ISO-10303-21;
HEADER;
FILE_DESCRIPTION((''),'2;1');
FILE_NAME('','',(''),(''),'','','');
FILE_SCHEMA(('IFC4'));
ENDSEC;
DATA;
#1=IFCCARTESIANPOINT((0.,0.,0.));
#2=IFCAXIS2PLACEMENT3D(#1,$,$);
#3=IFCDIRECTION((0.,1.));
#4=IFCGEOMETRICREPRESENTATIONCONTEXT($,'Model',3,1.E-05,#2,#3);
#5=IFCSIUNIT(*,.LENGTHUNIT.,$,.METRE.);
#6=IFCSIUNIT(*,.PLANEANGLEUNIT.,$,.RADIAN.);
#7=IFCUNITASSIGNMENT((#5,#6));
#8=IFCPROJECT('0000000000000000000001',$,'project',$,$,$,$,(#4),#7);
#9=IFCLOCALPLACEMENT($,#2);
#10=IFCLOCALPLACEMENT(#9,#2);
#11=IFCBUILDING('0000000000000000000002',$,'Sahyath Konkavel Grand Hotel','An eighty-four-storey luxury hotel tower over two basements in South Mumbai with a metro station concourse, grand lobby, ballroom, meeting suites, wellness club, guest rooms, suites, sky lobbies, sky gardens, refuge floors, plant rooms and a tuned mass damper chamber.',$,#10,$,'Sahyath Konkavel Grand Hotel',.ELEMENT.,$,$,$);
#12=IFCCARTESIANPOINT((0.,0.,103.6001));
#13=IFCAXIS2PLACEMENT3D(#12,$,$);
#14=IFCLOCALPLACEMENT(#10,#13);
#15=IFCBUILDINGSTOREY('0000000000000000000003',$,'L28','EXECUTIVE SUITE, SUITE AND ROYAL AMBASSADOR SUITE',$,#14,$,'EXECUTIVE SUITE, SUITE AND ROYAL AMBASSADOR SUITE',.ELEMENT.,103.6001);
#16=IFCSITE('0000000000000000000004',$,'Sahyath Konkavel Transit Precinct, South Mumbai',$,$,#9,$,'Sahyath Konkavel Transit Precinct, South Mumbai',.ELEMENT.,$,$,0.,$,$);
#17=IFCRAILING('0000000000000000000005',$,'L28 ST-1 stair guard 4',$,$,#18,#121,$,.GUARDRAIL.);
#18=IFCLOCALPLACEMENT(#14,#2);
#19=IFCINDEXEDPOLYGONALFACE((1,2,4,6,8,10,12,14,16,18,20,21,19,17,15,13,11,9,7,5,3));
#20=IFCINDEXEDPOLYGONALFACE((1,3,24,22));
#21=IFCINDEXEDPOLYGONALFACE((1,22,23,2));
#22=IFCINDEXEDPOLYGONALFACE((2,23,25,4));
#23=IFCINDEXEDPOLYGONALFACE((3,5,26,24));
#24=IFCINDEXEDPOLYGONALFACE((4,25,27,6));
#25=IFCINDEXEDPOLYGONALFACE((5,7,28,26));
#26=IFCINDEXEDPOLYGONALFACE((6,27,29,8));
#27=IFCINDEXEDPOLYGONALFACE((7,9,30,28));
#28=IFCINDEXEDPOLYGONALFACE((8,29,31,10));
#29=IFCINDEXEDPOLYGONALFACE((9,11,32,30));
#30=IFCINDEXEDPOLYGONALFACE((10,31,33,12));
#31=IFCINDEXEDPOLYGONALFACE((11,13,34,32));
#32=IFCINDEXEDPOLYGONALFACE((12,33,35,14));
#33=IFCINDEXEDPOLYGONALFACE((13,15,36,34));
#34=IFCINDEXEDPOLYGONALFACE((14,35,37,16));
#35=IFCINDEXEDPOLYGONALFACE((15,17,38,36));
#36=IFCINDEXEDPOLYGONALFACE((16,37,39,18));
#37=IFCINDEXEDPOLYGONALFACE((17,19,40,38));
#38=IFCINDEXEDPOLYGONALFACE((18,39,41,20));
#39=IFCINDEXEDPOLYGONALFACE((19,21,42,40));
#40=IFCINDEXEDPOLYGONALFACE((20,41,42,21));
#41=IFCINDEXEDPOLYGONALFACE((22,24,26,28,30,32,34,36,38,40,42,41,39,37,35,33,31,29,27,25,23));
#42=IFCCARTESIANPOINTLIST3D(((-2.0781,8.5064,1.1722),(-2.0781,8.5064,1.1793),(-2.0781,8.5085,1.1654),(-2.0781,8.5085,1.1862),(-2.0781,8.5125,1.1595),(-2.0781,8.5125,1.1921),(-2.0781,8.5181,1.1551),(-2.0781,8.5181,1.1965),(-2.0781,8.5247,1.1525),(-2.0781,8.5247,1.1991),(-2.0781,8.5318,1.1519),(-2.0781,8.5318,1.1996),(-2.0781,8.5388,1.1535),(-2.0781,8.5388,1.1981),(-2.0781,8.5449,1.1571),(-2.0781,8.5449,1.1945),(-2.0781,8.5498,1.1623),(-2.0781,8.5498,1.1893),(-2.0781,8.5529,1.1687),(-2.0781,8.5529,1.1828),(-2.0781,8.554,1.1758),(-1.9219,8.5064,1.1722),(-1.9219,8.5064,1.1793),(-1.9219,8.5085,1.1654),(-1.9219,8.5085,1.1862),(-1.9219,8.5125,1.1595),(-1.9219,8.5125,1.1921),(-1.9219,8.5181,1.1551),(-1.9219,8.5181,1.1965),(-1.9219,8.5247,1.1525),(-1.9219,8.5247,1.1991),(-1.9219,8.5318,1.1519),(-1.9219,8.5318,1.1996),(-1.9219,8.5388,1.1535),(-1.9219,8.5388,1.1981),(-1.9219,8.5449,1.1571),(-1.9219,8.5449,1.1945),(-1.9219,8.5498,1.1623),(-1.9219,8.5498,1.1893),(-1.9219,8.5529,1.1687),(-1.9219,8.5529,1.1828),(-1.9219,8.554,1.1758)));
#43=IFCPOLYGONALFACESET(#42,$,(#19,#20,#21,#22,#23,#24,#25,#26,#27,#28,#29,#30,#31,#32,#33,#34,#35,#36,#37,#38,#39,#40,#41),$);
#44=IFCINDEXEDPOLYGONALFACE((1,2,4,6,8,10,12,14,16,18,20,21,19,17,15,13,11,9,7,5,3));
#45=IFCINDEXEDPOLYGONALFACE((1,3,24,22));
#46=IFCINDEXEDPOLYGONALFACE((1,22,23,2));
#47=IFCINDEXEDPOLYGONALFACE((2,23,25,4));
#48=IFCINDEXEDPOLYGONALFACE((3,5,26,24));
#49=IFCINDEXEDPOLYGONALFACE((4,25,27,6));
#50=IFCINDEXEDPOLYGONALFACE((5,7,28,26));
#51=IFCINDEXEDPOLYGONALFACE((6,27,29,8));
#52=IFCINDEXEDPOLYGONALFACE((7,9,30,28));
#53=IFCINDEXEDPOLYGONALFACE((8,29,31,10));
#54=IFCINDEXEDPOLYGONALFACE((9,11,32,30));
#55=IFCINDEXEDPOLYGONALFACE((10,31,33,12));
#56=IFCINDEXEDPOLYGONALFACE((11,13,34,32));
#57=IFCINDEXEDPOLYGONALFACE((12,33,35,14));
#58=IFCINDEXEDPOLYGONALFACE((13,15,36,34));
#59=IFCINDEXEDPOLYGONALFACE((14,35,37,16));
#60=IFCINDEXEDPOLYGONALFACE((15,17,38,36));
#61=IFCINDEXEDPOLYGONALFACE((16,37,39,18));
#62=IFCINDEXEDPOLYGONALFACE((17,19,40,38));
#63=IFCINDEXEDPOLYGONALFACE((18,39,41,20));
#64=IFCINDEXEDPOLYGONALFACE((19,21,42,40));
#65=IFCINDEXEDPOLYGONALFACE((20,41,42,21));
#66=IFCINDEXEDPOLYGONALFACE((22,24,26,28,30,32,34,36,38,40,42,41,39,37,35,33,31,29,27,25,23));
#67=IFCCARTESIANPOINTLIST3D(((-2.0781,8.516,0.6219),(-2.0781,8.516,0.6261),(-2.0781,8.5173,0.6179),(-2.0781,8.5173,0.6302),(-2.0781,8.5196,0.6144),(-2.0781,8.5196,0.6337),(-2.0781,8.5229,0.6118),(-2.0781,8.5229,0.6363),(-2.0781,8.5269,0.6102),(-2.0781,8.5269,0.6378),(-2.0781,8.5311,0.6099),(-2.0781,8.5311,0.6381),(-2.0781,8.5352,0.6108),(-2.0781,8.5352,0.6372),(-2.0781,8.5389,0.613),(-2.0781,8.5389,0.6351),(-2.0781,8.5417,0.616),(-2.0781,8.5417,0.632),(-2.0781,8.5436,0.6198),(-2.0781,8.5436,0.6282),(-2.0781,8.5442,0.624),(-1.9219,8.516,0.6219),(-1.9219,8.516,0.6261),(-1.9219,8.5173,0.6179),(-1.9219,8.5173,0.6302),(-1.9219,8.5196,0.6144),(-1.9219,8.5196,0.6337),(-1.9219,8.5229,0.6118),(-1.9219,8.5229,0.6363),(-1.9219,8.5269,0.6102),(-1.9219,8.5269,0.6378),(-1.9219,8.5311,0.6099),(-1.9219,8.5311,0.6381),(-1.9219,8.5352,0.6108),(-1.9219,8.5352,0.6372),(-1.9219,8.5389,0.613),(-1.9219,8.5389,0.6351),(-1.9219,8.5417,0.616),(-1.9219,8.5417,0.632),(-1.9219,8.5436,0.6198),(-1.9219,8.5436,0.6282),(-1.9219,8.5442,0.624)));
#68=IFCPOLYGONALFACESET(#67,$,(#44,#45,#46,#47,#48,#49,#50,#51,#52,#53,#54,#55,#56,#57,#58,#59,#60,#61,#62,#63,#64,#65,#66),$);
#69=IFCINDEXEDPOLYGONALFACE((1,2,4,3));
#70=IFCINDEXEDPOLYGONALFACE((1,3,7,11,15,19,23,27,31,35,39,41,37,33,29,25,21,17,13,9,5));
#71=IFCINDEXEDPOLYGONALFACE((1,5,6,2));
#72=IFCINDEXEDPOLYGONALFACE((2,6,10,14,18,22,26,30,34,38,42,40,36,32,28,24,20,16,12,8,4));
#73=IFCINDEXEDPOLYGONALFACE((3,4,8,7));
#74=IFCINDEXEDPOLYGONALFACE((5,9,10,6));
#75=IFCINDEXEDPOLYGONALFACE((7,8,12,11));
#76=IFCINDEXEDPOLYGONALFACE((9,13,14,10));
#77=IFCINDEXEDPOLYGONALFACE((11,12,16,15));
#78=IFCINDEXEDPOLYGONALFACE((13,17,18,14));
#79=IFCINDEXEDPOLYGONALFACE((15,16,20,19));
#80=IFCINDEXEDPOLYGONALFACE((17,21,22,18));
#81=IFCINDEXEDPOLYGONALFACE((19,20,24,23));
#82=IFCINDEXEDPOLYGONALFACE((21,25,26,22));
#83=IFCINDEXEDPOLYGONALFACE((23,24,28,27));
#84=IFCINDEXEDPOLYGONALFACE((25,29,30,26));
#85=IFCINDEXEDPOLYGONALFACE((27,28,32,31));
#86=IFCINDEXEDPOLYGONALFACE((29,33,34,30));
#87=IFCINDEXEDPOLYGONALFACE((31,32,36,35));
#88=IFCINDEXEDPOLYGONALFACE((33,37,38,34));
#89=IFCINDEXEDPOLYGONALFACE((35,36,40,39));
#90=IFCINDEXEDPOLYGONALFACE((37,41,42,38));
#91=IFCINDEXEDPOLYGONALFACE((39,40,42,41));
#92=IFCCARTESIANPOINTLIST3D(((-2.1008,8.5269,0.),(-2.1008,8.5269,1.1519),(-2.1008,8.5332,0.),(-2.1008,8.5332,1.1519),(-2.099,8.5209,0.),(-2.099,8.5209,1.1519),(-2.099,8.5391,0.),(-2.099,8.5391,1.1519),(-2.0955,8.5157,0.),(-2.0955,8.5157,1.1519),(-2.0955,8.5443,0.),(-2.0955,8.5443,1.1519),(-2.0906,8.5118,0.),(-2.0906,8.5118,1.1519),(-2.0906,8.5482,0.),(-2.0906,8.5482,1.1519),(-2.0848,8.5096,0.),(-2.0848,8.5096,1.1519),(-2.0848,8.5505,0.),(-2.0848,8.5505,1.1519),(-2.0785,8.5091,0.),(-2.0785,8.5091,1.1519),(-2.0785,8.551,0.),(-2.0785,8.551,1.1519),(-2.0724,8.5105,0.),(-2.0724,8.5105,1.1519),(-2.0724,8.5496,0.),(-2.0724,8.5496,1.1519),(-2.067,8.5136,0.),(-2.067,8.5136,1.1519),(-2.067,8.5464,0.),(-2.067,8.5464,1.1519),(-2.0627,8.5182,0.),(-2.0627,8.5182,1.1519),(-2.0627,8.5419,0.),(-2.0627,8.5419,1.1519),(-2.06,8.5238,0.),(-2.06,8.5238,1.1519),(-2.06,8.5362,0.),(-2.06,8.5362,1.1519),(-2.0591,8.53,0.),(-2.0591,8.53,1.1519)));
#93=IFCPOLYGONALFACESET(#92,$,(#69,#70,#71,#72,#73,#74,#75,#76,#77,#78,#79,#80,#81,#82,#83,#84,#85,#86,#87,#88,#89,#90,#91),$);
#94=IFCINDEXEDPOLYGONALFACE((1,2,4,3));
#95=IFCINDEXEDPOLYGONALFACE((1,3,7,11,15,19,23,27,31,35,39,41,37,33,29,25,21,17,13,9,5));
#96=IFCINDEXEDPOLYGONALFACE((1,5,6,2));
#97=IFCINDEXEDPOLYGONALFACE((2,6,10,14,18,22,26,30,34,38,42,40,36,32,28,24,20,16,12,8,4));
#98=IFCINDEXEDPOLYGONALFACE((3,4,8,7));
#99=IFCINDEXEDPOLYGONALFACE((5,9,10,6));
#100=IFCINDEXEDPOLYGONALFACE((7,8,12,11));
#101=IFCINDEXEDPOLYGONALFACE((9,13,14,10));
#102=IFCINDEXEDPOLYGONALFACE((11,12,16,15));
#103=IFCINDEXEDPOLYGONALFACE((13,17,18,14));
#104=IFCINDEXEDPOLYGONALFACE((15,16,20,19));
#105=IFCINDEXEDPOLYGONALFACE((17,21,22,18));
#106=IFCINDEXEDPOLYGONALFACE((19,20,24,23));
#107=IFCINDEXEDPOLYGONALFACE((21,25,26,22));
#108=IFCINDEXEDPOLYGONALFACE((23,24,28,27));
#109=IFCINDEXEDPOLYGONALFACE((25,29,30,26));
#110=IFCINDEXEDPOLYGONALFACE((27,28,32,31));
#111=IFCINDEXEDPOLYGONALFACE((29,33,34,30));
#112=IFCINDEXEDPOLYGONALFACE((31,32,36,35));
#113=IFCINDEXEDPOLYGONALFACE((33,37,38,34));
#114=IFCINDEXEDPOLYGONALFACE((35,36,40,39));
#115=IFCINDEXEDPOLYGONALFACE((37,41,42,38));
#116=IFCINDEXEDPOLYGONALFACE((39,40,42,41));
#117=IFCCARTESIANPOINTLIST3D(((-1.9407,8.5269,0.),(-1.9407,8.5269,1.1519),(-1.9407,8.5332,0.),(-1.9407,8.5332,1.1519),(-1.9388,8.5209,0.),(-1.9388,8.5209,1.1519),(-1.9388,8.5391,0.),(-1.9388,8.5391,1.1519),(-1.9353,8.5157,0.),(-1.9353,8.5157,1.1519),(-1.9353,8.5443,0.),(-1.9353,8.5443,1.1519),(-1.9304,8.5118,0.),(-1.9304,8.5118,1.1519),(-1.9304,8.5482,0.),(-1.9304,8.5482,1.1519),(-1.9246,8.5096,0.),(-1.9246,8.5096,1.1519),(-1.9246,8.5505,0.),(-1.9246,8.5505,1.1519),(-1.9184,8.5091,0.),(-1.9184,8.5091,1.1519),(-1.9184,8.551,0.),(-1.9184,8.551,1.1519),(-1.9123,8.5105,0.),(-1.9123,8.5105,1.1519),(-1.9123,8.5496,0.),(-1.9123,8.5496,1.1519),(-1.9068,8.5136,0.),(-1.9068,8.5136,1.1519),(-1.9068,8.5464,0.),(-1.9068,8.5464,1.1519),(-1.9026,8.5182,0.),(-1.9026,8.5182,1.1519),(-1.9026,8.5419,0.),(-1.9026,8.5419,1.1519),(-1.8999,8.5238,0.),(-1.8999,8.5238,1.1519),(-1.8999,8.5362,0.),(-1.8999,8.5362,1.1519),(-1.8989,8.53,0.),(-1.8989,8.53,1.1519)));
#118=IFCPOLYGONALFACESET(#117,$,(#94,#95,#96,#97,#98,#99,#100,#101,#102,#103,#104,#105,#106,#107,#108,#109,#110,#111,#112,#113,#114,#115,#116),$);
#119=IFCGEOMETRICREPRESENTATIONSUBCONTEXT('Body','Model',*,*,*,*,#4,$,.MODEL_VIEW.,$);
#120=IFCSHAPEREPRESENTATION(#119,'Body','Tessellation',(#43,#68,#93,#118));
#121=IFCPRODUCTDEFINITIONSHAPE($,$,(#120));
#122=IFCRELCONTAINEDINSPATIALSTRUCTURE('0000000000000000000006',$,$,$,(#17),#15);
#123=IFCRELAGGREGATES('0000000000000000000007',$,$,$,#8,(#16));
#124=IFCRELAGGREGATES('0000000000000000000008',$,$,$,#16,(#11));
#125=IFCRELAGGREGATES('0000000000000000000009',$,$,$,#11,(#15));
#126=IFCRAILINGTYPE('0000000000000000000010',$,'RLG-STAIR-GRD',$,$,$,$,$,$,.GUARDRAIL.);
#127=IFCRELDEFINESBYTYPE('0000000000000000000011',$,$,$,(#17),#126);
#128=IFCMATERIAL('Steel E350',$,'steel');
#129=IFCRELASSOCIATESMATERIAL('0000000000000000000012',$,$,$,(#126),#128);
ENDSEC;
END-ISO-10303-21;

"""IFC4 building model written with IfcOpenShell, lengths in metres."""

from ifc_helpers import new_model, si_unit, direction, frame, origin, origin_2d, place, context, subcontext, project, spatial, circle, extrude, material, type_object, element, save


model = new_model("IFC4")

# Units and contexts
model_context = context("Model", 3, precision=1e-05, world=origin(), true_north=direction((0.0, 1.0)))
body_context = subcontext(model_context, "Body", "Model", "MODEL_VIEW")
ifc_project = project(units=[si_unit("LENGTHUNIT", "METRE"), si_unit("PLANEANGLEUNIT", "RADIAN")], contexts=[model_context])

# Site, building, storey
site_placement = place(None, origin())
site = spatial("IfcSite", under=ifc_project, at=site_placement, Name="Sahyath Konkavel Transit Precinct, South Mumbai", LongName="Sahyath Konkavel Transit Precinct, South Mumbai", CompositionType="ELEMENT", RefElevation=0.0)
building_placement = place(site_placement, origin())
building = spatial("IfcBuilding", under=site, at=building_placement, Name="Sahyath Konkavel Grand Hotel", Description="An eighty-four-storey luxury hotel tower over two basements in South Mumbai with a metro station concourse, grand lobby, ballroom, meeting suites, wellness club, guest rooms, suites, sky lobbies, sky gardens, refuge floors, plant rooms and a tuned mass damper chamber.", LongName="Sahyath Konkavel Grand Hotel", CompositionType="ELEMENT")
storey_placement = place(building_placement, frame((0.0, 0.0, 103.6001)))
storey = spatial("IfcBuildingStorey", under=building, at=storey_placement, Name="L28", Description="EXECUTIVE SUITE, SUITE AND ROYAL AMBASSADOR SUITE", LongName="EXECUTIVE SUITE, SUITE AND ROYAL AMBASSADOR SUITE", CompositionType="ELEMENT", Elevation=103.6001)

# Shared definitions
ifc_material_1 = material(Name="Steel E350", Category="steel")

# Railing
railing_type_1 = type_object("IfcRailingType", Name="RLG-STAIR-GRD", PredefinedType="GUARDRAIL", material=ifc_material_1)
railing_1_placement = place(storey_placement, frame((-2.0801, 8.53, 0.0)))
element("IfcRailing", 1, at=railing_1_placement, inside=storey, type_object=railing_type_1, Name="L28 ST-1 stair guard 4", PredefinedType="GUARDRAIL", context=body_context, shape_type="SweptSolid", body=[
    extrude(circle(Radius=0.0239, at=origin_2d()), frame((0.002, 0.0, 1.1758), z_axis=(1.0, 0.0, 0.0), x_axis=(0.0, 1.0, 0.0)), (0.0, 0.0, 1.0), 0.1562),
    extrude(circle(Radius=0.0142, at=origin_2d()), frame((0.002, 0.0, 0.624), z_axis=(1.0, 0.0, 0.0), x_axis=(0.0, 1.0, 0.0)), (0.0, 0.0, 1.0), 0.1562),
    extrude(circle(Radius=0.021, at=origin_2d()), origin(), (0.0, 0.0, 1.0), 1.1519),
    extrude(circle(Radius=0.021, at=origin_2d()), frame((0.1602, 0.0, 0.0)), (0.0, 0.0, 1.0), 1.1519),
])

save(model, "model.ifc")
